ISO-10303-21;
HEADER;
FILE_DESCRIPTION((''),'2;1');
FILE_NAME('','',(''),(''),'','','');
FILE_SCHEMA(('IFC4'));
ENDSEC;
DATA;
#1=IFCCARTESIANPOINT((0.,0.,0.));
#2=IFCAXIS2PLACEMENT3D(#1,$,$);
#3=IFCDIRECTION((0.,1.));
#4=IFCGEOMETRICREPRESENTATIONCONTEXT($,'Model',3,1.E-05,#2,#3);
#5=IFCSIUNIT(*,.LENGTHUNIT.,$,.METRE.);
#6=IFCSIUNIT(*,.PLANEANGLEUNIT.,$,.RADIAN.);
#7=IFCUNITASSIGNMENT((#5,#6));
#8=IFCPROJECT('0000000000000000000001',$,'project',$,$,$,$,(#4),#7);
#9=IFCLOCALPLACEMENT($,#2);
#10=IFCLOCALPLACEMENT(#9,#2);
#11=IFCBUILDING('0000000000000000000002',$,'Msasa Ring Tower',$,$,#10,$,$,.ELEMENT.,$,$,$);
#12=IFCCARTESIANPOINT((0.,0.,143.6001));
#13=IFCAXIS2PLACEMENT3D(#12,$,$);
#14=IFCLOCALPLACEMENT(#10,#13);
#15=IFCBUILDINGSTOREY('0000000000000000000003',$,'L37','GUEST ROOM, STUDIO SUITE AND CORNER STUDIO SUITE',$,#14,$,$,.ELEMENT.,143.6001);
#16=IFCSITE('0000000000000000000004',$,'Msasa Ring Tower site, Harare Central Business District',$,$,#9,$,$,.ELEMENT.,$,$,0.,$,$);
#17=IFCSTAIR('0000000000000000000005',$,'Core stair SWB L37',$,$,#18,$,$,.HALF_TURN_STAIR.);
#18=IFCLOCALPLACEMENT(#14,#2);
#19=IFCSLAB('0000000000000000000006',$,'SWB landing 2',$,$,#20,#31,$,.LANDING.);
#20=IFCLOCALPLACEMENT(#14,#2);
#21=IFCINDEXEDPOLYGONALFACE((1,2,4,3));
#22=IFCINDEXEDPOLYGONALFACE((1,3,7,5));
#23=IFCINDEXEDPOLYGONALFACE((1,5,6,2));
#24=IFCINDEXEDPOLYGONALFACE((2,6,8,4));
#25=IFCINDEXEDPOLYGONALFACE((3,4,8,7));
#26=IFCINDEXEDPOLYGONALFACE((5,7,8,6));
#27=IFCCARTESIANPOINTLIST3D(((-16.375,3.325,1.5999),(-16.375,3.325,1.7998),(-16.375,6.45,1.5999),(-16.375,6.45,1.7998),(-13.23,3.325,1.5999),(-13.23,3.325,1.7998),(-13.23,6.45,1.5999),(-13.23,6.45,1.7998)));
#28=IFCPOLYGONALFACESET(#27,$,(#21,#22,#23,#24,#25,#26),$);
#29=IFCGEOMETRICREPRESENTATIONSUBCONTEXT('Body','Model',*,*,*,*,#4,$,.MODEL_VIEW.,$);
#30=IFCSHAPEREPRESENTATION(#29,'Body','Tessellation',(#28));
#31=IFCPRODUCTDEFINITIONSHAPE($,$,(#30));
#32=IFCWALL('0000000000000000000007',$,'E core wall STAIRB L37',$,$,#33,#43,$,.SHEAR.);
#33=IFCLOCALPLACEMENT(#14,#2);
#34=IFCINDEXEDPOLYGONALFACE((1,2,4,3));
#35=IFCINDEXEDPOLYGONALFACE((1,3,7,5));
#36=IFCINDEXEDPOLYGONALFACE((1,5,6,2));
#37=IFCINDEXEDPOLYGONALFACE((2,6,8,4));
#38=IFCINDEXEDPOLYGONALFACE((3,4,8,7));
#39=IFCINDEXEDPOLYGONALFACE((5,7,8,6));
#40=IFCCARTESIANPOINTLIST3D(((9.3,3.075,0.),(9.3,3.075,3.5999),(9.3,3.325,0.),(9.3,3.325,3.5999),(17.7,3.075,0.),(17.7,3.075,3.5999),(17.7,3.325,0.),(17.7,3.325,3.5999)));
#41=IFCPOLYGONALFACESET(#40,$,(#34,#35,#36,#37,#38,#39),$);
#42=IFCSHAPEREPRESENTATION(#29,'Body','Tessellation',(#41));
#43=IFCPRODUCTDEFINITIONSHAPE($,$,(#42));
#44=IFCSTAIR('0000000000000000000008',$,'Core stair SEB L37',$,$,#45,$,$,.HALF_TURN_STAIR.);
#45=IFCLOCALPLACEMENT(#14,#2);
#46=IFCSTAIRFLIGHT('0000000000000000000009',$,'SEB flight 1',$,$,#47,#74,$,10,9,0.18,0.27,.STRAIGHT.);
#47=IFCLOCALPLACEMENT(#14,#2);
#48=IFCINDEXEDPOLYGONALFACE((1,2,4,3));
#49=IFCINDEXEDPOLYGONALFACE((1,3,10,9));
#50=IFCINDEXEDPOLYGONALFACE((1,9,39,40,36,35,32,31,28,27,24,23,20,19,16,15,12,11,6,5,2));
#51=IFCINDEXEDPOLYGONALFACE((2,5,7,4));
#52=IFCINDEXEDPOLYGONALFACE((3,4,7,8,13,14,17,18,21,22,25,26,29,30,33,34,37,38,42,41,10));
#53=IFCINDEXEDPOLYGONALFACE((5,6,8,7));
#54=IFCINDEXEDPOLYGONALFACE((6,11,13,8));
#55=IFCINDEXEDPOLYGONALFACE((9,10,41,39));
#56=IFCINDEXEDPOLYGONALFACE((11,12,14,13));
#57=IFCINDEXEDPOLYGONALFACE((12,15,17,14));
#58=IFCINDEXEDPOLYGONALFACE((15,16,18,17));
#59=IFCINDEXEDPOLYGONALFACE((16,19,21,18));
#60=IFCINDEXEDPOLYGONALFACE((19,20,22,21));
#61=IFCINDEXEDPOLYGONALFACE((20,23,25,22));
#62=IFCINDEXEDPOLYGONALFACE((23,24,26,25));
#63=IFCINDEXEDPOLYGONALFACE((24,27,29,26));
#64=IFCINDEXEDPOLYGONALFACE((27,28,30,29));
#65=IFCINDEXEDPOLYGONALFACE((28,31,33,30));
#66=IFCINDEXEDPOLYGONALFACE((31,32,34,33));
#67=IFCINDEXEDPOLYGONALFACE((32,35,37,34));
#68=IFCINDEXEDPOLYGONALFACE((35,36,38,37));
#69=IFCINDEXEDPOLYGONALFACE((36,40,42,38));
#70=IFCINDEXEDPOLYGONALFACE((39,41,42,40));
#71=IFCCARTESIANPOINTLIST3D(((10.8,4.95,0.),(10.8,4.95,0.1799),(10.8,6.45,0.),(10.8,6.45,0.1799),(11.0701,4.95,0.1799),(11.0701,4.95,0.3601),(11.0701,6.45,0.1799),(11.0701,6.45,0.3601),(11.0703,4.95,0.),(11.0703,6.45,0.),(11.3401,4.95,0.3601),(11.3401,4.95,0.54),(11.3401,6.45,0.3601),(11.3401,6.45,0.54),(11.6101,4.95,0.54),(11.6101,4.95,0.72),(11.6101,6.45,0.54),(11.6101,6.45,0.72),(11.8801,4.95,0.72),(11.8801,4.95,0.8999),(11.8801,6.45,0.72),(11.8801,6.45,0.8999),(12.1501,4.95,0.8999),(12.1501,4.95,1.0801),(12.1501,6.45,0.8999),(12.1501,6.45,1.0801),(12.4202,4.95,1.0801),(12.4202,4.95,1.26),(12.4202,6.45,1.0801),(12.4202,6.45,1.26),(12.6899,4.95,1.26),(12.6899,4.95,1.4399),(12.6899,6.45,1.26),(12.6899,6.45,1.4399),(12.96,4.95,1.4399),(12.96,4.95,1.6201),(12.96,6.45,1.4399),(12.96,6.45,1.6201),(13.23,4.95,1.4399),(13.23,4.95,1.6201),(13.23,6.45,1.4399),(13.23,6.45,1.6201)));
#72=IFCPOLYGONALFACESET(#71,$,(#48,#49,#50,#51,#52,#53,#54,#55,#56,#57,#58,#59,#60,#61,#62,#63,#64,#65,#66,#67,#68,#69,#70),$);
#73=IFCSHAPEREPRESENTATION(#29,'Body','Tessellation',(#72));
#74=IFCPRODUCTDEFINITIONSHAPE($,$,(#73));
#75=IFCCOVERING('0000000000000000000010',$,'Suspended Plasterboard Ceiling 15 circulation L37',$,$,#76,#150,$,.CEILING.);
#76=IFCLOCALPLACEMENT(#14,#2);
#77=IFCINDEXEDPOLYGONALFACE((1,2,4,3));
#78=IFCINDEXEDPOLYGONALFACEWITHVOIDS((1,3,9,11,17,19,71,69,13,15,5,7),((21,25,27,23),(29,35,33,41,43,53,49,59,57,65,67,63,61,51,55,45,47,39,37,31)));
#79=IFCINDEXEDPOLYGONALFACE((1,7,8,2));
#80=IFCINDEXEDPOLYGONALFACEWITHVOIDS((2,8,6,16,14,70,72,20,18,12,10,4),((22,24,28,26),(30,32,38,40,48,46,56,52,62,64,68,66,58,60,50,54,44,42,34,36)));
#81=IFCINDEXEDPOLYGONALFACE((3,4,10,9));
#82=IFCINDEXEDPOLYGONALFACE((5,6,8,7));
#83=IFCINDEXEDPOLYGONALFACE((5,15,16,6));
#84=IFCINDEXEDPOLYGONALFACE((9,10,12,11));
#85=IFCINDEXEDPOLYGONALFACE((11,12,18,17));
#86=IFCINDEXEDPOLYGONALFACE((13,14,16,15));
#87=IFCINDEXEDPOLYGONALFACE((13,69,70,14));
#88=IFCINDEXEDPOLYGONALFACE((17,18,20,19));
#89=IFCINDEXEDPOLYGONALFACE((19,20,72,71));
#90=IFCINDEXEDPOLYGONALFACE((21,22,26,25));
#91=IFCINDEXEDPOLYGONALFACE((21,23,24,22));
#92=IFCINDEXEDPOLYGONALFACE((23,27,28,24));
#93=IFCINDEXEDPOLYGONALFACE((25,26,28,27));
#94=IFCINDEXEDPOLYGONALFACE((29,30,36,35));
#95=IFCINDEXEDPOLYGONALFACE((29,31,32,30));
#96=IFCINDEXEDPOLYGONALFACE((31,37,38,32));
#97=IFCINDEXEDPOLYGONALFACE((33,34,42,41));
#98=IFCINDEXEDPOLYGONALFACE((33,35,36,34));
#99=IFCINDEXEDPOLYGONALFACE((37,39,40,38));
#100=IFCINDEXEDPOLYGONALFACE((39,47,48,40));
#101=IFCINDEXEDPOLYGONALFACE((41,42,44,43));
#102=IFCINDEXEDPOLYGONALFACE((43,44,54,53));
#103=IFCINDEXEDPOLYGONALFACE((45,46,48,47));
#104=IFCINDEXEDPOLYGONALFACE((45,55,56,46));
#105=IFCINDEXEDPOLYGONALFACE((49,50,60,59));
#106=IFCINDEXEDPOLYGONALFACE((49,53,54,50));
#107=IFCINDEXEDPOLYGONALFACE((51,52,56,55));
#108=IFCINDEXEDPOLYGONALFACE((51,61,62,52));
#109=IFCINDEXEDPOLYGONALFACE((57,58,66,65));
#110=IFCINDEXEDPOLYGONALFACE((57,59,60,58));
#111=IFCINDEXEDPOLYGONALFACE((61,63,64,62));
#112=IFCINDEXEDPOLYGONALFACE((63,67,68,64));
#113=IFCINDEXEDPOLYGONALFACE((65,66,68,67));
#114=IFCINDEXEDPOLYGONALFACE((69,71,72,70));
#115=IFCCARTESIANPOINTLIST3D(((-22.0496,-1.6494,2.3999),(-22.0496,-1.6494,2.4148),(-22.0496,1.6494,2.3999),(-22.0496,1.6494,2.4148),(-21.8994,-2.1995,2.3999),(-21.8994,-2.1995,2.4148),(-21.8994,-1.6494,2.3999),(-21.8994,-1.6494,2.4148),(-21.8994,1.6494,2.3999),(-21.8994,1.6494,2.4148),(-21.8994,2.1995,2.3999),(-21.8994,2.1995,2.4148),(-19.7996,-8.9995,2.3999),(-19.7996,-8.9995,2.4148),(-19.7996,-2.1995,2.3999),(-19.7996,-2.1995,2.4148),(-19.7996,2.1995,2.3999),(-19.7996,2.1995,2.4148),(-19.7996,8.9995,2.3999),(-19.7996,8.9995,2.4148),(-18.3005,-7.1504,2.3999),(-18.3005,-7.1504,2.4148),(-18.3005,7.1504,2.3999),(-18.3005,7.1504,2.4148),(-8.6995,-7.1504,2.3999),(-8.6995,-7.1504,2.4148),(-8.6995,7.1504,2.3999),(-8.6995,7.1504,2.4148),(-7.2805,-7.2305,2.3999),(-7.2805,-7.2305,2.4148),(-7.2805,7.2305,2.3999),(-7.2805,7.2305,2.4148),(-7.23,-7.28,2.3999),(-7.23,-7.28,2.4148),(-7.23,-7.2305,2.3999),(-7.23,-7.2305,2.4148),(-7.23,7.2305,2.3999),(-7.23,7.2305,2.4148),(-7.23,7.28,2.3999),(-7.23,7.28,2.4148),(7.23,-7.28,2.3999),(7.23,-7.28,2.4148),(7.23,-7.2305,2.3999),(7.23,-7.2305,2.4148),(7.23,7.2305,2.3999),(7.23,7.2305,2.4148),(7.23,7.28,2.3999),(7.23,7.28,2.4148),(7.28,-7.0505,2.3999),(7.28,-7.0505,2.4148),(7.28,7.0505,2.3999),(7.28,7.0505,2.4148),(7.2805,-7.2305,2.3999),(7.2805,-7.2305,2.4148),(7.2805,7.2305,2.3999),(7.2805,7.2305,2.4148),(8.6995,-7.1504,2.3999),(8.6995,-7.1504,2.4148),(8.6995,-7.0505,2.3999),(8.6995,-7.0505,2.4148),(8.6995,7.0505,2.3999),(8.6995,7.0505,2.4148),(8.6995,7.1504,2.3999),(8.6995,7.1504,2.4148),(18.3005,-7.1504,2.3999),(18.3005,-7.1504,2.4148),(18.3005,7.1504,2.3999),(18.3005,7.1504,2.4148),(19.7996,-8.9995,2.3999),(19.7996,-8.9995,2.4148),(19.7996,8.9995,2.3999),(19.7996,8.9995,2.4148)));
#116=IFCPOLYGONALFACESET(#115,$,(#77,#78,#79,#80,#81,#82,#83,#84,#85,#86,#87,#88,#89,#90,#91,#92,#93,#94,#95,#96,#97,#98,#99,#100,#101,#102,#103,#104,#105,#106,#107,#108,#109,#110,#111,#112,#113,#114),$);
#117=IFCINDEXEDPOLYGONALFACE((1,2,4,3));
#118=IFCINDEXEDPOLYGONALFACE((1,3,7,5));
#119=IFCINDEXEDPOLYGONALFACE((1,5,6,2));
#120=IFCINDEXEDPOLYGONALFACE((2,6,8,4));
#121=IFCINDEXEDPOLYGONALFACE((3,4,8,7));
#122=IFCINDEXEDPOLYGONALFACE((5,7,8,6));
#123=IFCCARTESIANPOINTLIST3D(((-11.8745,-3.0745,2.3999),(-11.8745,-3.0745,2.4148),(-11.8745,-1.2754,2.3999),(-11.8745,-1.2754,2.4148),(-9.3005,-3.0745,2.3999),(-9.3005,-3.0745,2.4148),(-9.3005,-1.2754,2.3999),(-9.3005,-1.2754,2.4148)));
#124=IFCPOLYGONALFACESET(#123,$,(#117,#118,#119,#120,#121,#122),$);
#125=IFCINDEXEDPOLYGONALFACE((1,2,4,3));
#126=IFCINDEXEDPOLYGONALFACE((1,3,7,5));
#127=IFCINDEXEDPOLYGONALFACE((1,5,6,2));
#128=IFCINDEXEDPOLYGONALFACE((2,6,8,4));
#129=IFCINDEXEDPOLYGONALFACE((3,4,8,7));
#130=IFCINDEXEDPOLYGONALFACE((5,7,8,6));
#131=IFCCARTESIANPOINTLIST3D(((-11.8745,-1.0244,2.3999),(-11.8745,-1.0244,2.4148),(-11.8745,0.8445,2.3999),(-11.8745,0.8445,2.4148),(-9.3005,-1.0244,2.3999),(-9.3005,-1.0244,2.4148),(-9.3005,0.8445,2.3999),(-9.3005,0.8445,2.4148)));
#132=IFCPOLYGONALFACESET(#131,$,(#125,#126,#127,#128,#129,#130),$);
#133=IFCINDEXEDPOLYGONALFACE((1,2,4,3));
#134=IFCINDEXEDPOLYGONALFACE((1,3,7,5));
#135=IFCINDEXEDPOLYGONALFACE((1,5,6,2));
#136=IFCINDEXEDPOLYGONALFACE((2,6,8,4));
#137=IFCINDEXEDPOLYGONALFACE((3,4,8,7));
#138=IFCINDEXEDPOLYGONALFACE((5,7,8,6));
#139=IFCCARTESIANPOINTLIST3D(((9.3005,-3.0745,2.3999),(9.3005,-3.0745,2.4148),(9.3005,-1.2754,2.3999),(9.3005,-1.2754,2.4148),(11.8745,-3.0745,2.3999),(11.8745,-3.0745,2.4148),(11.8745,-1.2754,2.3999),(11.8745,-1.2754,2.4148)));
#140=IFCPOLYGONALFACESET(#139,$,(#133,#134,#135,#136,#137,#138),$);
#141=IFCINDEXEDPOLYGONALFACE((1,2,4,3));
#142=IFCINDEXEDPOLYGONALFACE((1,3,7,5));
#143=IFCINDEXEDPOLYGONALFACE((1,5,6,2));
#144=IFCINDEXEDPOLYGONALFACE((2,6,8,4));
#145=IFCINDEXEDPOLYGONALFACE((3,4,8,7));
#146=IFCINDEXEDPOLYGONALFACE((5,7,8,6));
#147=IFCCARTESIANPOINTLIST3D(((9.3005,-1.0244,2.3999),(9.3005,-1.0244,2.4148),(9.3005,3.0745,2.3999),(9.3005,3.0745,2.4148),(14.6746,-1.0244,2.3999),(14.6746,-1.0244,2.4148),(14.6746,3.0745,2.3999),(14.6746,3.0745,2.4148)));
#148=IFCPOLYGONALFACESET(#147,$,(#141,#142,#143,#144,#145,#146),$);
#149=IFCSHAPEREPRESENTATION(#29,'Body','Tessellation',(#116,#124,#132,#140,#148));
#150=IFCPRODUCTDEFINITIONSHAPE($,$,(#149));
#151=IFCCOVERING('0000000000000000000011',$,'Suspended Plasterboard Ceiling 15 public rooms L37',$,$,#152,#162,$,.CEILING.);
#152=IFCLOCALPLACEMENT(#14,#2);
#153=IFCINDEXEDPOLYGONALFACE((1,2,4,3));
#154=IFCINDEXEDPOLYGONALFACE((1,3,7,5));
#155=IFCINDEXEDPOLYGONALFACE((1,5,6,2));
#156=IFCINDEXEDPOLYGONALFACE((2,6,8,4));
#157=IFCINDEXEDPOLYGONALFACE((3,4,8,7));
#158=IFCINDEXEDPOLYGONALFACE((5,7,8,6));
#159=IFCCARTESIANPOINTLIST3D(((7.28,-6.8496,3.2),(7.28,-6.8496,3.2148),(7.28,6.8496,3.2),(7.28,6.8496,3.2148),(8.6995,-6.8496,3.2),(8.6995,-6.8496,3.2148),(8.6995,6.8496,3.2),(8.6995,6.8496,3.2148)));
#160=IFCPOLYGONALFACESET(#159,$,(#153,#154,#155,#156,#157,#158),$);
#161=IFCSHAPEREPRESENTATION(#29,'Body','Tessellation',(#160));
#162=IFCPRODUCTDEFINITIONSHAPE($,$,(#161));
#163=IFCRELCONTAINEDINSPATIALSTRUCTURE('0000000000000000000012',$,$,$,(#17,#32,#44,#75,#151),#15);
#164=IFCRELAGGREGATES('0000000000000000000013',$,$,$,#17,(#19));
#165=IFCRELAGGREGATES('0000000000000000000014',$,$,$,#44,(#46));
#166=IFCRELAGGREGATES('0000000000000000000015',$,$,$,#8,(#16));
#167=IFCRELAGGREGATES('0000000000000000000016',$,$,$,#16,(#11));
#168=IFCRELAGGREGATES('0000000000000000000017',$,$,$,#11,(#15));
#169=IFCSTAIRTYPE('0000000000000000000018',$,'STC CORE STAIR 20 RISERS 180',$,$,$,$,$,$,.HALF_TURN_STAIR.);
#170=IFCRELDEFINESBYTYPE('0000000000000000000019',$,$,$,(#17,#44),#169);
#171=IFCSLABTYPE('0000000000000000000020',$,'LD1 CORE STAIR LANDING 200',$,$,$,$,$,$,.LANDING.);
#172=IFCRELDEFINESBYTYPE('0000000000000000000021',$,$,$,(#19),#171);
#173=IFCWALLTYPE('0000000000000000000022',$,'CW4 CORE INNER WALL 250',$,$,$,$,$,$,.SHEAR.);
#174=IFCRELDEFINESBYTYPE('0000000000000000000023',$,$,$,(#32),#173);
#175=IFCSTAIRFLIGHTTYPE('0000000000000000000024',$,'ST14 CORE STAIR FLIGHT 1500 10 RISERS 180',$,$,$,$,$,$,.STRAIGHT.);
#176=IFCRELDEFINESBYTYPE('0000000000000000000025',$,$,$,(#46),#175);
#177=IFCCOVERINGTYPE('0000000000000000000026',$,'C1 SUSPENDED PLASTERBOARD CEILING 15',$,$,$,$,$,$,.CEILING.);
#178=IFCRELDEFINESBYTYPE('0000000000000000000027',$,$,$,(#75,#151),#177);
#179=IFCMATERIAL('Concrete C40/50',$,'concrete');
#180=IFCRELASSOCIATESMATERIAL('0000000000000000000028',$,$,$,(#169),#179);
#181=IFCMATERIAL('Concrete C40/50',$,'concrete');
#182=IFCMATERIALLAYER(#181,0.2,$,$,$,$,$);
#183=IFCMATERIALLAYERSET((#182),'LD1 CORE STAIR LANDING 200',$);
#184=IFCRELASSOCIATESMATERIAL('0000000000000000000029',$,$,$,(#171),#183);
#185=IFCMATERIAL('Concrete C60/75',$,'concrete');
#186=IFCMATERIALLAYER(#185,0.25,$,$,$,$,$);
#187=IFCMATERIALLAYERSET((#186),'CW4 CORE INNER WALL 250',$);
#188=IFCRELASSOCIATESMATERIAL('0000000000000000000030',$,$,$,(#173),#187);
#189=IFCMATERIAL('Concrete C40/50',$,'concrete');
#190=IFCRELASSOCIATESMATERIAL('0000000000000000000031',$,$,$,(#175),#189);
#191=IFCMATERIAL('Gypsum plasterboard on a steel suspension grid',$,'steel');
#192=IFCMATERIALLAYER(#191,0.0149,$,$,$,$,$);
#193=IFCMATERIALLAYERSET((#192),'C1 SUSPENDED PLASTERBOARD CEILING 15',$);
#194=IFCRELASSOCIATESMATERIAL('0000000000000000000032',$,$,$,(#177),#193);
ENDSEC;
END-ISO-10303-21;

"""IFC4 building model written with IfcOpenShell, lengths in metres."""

from ifc_helpers import new_model, si_unit, direction, frame, frame_2d, origin, place, context, subcontext, project, spatial, polyline, line, indexed_curve, rectangle, outline, extrude, material, layer, layer_set, type_object, element, aggregate, save


model = new_model("IFC4")

# Units and contexts
model_context = context("Model", 3, precision=1e-05, world=origin(), true_north=direction((0.0, 1.0)))
body_context = subcontext(model_context, "Body", "Model", "MODEL_VIEW")
ifc_project = project(units=[si_unit("LENGTHUNIT", "METRE"), si_unit("PLANEANGLEUNIT", "RADIAN")], contexts=[model_context])

# Site, building, storey
site_placement = place(None, origin())
site = spatial("IfcSite", under=ifc_project, at=site_placement, Name="Msasa Ring Tower site, Harare Central Business District", CompositionType="ELEMENT", RefElevation=0.0)
building_placement = place(site_placement, origin())
building = spatial("IfcBuilding", under=site, at=building_placement, Name="Msasa Ring Tower", CompositionType="ELEMENT")
storey_placement = place(building_placement, frame((0.0, 0.0, 143.6001)))
storey = spatial("IfcBuildingStorey", under=building, at=storey_placement, Name="L37", Description="GUEST ROOM, STUDIO SUITE AND CORNER STUDIO SUITE", CompositionType="ELEMENT", Elevation=143.6001)

# Shared definitions
ifc_material_1 = material(Name="Concrete C40/50", Category="concrete")
stair_type = type_object("IfcStairType", Name="STC CORE STAIR 20 RISERS 180", PredefinedType="HALF_TURN_STAIR", material=ifc_material_1)
ifc_material_2 = material(Name="Concrete C40/50", Category="concrete")
ifc_layer_1 = layer(ifc_material_2, 0.2)
ifc_layer_set_1 = layer_set([ifc_layer_1], Name="LD1 CORE STAIR LANDING 200")
slab_type = type_object("IfcSlabType", Name="LD1 CORE STAIR LANDING 200", PredefinedType="LANDING", material=ifc_layer_set_1)

# Stair, slab
stair_1_placement = place(storey_placement, origin())
stair_1 = element("IfcStair", 1, at=stair_1_placement, inside=storey, type_object=stair_type, Name="Core stair SWB L37", PredefinedType="HALF_TURN_STAIR")
slab_1_placement = place(storey_placement, frame((0.0, 0.0, 1.5999)))
slab_1 = element("IfcSlab", 2, at=slab_1_placement, type_object=slab_type, Name="SWB landing 2", PredefinedType="LANDING", context=body_context, shape_type="SweptSolid", body=[
    extrude(outline(polyline([(-16.375, 3.325), (-13.23, 3.325), (-13.23, 6.45), (-16.375, 6.45), (-16.375, 3.325)])), origin(), (0.0, 0.0, 1.0), 0.2),
])
aggregate(stair_1, [slab_1])

# Wall
ifc_material_3 = material(Name="Concrete C60/75", Category="concrete")
ifc_layer_2 = layer(ifc_material_3, 0.25)
ifc_layer_set_2 = layer_set([ifc_layer_2], Name="CW4 CORE INNER WALL 250")
wall_type = type_object("IfcWallType", Name="CW4 CORE INNER WALL 250", PredefinedType="SHEAR", material=ifc_layer_set_2)
wall_placement = place(storey_placement, frame((9.3, 3.2, 0.0), z_axis=(0.0, 0.0, 1.0), x_axis=(1.0, 0.0, 0.0)))
element("IfcWall", 3, at=wall_placement, inside=storey, type_object=wall_type, Name="E core wall STAIRB L37", PredefinedType="SHEAR", context=body_context, shape_type="SweptSolid", body=[
    extrude(rectangle(XDim=8.3999, YDim=0.25, at=frame_2d((4.2, 0.0))), origin(), (0.0, 0.0, 1.0), 3.5999),
])

# Stair, stair flight
stair_2_placement = place(storey_placement, origin())
stair_2 = element("IfcStair", 4, at=stair_2_placement, inside=storey, type_object=stair_type, Name="Core stair SEB L37", PredefinedType="HALF_TURN_STAIR")
ifc_material_4 = material(Name="Concrete C40/50", Category="concrete")
stair_flight_type = type_object("IfcStairFlightType", Name="ST14 CORE STAIR FLIGHT 1500 10 RISERS 180", PredefinedType="STRAIGHT", material=ifc_material_4)
stair_flight_placement = place(storey_placement, frame((10.8, 5.7, 0.0), z_axis=(0.0, 0.0, 1.0), x_axis=(1.0, 0.0, 0.0)))
stair_flight = element("IfcStairFlight", 5, at=stair_flight_placement, type_object=stair_flight_type, Name="SEB flight 1", NumberOfRisers=10, NumberOfTreads=9, PredefinedType="STRAIGHT", RiserHeight=0.18, TreadLength=0.27, context=body_context, shape_type="SweptSolid", body=[
    extrude(outline(polyline([(0.0, 0.0), (0.0, 0.1799), (0.27, 0.1799), (0.27, 0.3601), (0.54, 0.3601), (0.54, 0.54), (0.8101, 0.54), (0.8101, 0.72), (1.0801, 0.72), (1.0801, 0.8999), (1.3501, 0.8999), (1.3501, 1.0801), (1.6201, 1.0801), (1.6201, 1.26), (1.8899, 1.26), (1.8899, 1.4399), (2.1599, 1.4399), (2.1599, 1.6201), (2.4299, 1.6201), (2.4299, 1.8), (2.4299, 1.4399), (0.2703, 0.0), (0.0, 0.0)])), frame((0.0, 0.75, 0.0), z_axis=(0.0, -1.0, 0.0), x_axis=(1.0, 0.0, 0.0)), (0.0, 0.0, 1.0), 1.5),
])
aggregate(stair_2, [stair_flight])

# Coverings
ifc_material_5 = material(Name="Gypsum plasterboard on a steel suspension grid", Category="steel")
ifc_layer_3 = layer(ifc_material_5, 0.0149)
ifc_layer_set_3 = layer_set([ifc_layer_3], Name="C1 SUSPENDED PLASTERBOARD CEILING 15")
covering_type_1 = type_object("IfcCoveringType", Name="C1 SUSPENDED PLASTERBOARD CEILING 15", PredefinedType="CEILING", material=ifc_layer_set_3)
covering_1_placement = place(storey_placement, frame((0.0, 0.0, 2.3999)))
element("IfcCovering", 6, at=covering_1_placement, inside=storey, type_object=covering_type_1, Name="Suspended Plasterboard Ceiling 15 circulation L37", PredefinedType="CEILING", context=body_context, shape_type="SweptSolid", body=[
    extrude(outline(indexed_curve([(19.7996, 8.9995), (19.7996, -8.9995), (-19.7996, -8.9995), (-19.7996, -2.1995), (-21.8994, -2.1995), (-21.8994, -1.6494), (-22.0496, -1.6494), (-22.0496, 1.6494), (-21.8994, 1.6494), (-21.8994, 2.1995), (-19.7996, 2.1995), (-19.7996, 8.9995)], segments=[line(1, 2, 3, 4, 5, 6, 7, 8, 9, 10, 11, 12, 1)], self_intersect=False), holes=[indexed_curve([(8.6995, -7.1504), (18.3005, -7.1504), (18.3005, 7.1504), (8.6995, 7.1504), (8.6995, 7.0505), (7.28, 7.0505), (7.2805, 7.2305), (7.23, 7.2305), (7.23, 7.28), (-7.23, 7.28), (-7.23, 7.2305), (-7.2805, 7.2305), (-7.2805, -7.2305), (-7.23, -7.2305), (-7.23, -7.28), (7.23, -7.28), (7.23, -7.2305), (7.2805, -7.2305), (7.28, -7.0505), (8.6995, -7.0505)], segments=[line(1, 2, 3, 4, 5, 6, 7, 8, 9, 10, 11, 12, 13, 14, 15, 16, 17, 18, 19, 20, 1)], self_intersect=False), indexed_curve([(-8.6995, 7.1504), (-18.3005, 7.1504), (-18.3005, -7.1504), (-8.6995, -7.1504)], segments=[line(1, 2, 3, 4, 1)], self_intersect=False)]), origin(), (0.0, 0.0, 1.0), 0.0149),
    extrude(outline(indexed_curve([(-9.3005, -3.0745), (-11.8745, -3.0745), (-11.8745, -1.2754), (-9.3005, -1.2754)], segments=[line(1, 2, 3, 4, 1)], self_intersect=False)), origin(), (0.0, 0.0, 1.0), 0.0149),
    extrude(outline(indexed_curve([(-9.3005, -1.0244), (-11.8745, -1.0244), (-11.8745, 0.8445), (-9.3005, 0.8445)], segments=[line(1, 2, 3, 4, 1)], self_intersect=False)), origin(), (0.0, 0.0, 1.0), 0.0149),
    extrude(outline(indexed_curve([(11.8745, -3.0745), (9.3005, -3.0745), (9.3005, -1.2754), (11.8745, -1.2754)], segments=[line(1, 2, 3, 4, 1)], self_intersect=False)), origin(), (0.0, 0.0, 1.0), 0.0149),
    extrude(outline(indexed_curve([(9.3005, -1.0244), (9.3005, 3.0745), (14.6746, 3.0745), (14.6746, -1.0244)], segments=[line(1, 2, 3, 4, 1)], self_intersect=False)), origin(), (0.0, 0.0, 1.0), 0.0149),
])
covering_2_placement = place(storey_placement, frame((0.0, 0.0, 3.2)))
element("IfcCovering", 7, at=covering_2_placement, inside=storey, type_object=covering_type_1, Name="Suspended Plasterboard Ceiling 15 public rooms L37", PredefinedType="CEILING", context=body_context, shape_type="SweptSolid", body=[
    extrude(outline(indexed_curve([(8.6995, 6.8496), (8.6995, -6.8496), (7.28, -6.8496), (7.28, 6.8496)], segments=[line(1, 2, 3, 4, 1)], self_intersect=False)), origin(), (0.0, 0.0, 1.0), 0.0149),
])

save(model, "model.ifc")
